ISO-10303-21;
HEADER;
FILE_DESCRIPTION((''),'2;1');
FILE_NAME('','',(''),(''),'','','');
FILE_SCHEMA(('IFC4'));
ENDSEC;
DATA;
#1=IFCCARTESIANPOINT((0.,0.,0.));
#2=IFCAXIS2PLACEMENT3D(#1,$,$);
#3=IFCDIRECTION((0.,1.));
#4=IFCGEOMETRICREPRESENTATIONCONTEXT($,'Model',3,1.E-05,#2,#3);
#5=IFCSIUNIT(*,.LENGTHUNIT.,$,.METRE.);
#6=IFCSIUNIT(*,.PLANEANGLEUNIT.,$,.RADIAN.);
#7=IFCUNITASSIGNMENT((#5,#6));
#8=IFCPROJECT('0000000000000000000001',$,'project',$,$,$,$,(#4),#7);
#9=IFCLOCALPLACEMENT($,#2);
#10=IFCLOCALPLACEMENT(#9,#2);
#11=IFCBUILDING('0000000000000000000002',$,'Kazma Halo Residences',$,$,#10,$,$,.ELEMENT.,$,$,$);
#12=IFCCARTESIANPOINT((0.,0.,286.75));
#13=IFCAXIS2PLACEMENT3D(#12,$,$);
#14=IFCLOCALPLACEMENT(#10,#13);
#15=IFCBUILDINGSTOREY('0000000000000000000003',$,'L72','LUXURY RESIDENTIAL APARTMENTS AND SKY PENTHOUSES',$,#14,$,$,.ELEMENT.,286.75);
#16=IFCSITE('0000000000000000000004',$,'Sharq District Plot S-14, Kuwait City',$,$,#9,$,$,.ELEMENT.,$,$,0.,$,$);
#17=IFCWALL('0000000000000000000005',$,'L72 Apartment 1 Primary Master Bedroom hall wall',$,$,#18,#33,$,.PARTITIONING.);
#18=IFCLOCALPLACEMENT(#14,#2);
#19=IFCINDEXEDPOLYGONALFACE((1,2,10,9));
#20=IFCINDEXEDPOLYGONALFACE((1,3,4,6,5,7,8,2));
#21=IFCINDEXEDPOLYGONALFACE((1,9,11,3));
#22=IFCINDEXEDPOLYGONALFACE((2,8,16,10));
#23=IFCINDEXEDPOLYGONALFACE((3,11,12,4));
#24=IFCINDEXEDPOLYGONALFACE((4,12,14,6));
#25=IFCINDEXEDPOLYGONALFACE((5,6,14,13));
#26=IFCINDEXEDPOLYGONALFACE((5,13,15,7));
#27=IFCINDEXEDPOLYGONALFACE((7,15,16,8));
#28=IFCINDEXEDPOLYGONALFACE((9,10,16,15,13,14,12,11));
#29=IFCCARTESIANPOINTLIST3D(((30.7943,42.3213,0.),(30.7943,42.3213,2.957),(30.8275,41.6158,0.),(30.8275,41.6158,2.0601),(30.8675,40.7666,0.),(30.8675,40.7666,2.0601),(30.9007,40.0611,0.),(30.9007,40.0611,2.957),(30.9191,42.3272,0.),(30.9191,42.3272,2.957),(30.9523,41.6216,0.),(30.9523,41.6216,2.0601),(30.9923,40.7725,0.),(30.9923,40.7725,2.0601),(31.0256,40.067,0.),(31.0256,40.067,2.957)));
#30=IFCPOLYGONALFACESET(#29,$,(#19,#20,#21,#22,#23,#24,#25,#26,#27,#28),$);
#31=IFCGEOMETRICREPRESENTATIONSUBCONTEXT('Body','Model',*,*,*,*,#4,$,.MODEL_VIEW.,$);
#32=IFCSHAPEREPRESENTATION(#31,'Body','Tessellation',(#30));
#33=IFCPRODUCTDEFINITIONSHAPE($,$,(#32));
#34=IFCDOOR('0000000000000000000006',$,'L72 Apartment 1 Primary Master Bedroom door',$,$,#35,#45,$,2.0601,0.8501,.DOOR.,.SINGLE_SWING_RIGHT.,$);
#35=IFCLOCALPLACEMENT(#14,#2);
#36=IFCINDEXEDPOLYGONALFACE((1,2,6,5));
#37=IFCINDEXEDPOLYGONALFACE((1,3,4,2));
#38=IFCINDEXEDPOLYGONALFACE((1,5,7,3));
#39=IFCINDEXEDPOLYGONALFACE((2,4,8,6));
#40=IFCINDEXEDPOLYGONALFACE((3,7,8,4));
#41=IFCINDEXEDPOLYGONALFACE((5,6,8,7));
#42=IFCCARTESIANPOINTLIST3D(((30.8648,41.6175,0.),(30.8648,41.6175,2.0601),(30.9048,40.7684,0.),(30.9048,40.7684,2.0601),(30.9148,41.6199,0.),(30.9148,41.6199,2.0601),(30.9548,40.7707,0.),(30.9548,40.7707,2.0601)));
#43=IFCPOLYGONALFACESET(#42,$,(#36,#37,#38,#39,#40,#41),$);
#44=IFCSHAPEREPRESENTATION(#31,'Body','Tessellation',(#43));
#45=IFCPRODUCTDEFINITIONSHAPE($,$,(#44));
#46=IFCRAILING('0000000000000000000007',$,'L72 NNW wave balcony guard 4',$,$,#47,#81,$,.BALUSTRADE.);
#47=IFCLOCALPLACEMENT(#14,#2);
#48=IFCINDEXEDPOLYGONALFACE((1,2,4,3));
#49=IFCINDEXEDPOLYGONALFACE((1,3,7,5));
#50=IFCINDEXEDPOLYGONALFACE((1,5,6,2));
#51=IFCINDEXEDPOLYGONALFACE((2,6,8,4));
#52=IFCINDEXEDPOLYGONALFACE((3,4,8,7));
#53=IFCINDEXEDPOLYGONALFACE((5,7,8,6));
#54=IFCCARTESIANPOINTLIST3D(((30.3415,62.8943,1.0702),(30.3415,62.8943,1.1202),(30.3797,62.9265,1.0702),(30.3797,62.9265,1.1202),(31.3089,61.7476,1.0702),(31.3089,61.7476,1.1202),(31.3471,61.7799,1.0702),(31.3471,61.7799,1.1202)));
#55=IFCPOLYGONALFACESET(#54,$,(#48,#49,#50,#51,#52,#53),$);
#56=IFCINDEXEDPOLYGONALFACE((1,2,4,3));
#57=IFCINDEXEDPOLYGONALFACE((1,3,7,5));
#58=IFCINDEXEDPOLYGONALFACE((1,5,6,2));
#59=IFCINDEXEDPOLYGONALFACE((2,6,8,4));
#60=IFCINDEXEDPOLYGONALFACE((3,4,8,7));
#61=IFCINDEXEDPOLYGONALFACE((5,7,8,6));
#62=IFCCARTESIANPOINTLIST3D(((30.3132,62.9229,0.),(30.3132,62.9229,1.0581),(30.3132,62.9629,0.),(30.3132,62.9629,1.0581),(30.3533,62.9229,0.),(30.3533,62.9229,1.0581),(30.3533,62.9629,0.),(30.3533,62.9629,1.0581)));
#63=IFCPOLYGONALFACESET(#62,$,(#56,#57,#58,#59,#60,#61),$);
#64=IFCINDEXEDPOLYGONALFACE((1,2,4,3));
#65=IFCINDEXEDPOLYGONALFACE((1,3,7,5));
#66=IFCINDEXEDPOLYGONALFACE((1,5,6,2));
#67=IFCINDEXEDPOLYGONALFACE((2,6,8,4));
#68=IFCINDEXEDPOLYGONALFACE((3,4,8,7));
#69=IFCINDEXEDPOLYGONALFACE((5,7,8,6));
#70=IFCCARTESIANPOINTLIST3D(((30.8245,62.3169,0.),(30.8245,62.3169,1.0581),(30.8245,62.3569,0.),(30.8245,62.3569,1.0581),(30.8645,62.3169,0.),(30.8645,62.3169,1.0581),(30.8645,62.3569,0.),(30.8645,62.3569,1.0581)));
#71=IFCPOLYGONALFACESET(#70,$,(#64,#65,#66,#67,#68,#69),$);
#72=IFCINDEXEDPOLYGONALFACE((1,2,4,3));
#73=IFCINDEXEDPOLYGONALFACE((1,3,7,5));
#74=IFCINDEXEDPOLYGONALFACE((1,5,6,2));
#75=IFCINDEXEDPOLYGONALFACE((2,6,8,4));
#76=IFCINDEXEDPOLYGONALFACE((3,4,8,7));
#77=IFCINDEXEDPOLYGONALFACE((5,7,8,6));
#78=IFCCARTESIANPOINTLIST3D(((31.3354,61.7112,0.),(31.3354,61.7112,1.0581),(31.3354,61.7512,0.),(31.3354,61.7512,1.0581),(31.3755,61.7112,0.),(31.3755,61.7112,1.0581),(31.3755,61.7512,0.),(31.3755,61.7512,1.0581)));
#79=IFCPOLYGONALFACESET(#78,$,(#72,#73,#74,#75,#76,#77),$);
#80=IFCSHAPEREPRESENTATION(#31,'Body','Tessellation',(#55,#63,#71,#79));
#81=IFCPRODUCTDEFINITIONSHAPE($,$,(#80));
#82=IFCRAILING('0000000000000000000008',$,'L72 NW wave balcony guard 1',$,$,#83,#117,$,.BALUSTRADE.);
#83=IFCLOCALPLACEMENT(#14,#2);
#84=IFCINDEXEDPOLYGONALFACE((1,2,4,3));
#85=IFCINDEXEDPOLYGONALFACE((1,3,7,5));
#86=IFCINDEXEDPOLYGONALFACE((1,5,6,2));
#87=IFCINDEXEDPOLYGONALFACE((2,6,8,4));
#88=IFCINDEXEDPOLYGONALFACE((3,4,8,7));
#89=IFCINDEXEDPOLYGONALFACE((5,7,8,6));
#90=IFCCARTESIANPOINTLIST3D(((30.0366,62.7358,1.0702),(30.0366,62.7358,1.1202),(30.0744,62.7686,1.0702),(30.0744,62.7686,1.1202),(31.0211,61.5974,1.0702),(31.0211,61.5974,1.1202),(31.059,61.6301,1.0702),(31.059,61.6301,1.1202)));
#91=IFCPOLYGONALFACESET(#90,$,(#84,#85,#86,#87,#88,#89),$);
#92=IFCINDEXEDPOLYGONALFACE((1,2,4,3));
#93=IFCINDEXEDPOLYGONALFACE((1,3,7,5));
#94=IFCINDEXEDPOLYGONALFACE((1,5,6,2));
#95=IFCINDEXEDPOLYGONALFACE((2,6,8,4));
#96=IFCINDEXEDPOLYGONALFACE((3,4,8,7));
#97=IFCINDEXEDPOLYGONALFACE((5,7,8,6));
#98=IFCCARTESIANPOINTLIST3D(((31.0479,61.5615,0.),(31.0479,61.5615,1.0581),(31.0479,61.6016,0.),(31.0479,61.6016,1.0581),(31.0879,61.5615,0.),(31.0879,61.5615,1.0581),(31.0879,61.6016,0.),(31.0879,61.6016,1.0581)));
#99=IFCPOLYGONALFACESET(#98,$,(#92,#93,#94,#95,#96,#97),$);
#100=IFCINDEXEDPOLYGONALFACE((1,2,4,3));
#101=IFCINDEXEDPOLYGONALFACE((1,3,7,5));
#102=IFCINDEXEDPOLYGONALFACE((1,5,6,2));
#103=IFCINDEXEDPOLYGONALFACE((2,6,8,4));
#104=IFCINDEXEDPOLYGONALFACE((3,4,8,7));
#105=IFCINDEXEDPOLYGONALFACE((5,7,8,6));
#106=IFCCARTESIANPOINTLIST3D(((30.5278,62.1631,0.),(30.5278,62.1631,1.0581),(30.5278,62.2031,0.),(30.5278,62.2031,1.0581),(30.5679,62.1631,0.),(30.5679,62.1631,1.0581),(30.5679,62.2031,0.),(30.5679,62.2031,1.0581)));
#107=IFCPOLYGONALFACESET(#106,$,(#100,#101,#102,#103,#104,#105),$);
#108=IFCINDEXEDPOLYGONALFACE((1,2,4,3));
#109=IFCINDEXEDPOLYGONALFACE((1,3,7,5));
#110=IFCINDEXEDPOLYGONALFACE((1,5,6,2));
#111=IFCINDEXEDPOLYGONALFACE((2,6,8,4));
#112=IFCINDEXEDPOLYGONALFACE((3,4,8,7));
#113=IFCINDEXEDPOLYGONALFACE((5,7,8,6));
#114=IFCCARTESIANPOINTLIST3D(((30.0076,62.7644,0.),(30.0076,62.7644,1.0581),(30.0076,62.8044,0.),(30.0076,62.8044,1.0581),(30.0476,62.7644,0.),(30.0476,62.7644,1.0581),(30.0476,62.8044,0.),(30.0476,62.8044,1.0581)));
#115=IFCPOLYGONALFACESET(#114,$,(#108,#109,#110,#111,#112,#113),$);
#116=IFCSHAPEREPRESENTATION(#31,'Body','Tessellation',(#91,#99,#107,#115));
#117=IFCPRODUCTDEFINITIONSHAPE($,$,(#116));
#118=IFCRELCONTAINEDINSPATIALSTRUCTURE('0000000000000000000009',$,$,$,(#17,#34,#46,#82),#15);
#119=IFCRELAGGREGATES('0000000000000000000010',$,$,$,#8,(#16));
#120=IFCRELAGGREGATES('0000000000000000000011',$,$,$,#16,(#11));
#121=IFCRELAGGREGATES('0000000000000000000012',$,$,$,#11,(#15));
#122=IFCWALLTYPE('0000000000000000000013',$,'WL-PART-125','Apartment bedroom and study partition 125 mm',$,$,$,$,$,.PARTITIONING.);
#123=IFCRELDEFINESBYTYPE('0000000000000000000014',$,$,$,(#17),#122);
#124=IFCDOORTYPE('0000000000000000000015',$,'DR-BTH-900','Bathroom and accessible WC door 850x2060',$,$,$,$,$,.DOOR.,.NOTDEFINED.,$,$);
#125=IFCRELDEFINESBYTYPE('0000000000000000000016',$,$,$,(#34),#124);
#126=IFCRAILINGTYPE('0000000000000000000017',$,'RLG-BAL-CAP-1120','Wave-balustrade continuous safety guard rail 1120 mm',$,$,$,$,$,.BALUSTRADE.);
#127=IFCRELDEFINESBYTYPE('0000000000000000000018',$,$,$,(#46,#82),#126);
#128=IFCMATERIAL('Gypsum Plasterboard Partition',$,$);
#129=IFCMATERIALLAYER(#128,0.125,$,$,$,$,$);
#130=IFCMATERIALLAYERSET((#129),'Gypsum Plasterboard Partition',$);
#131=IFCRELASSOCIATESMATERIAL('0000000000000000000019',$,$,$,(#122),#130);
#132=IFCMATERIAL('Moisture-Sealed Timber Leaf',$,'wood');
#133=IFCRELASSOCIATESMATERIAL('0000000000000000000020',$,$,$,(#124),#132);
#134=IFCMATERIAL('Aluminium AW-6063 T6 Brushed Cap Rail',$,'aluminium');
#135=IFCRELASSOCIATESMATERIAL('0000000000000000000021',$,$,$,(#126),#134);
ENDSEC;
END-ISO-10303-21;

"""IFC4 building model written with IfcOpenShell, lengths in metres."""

from ifc_helpers import new_model, si_unit, direction, frame, frame_2d, origin, origin_2d, place, context, subcontext, project, spatial, rectangle, extrude, material, layer, layer_set, type_object, element, fill, save


model = new_model("IFC4")

# Units and contexts
model_context = context("Model", 3, precision=1e-05, world=origin(), true_north=direction((0.0, 1.0)))
body_context = subcontext(model_context, "Body", "Model", "MODEL_VIEW")
ifc_project = project(units=[si_unit("LENGTHUNIT", "METRE"), si_unit("PLANEANGLEUNIT", "RADIAN")], contexts=[model_context])

# Site, building, storey
site_placement = place(None, origin())
site = spatial("IfcSite", under=ifc_project, at=site_placement, Name="Sharq District Plot S-14, Kuwait City", CompositionType="ELEMENT", RefElevation=0.0)
building_placement = place(site_placement, origin())
building = spatial("IfcBuilding", under=site, at=building_placement, Name="Kazma Halo Residences", CompositionType="ELEMENT")
storey_placement = place(building_placement, frame((0.0, 0.0, 286.75)))
storey = spatial("IfcBuildingStorey", under=building, at=storey_placement, Name="L72", Description="LUXURY RESIDENTIAL APARTMENTS AND SKY PENTHOUSES", CompositionType="ELEMENT", Elevation=286.75)

# Shared definitions
ifc_material_1 = material(Name="Gypsum Plasterboard Partition")
ifc_layer_1 = layer(ifc_material_1, 0.125)
ifc_layer_set_1 = layer_set([ifc_layer_1], Name="Gypsum Plasterboard Partition")
wall_type_1 = type_object("IfcWallType", Name="WL-PART-125", Description="Apartment bedroom and study partition 125 mm", PredefinedType="PARTITIONING", material=ifc_layer_set_1)

# Shared definitions
ifc_material_2 = material(Name="Moisture-Sealed Timber Leaf", Category="wood")
door_type_1 = type_object("IfcDoorType", Name="DR-BTH-900", Description="Bathroom and accessible WC door 850x2060", OperationType="NOTDEFINED", PredefinedType="DOOR", material=ifc_material_2)

# Wall, opening, door
wall_1_placement = place(storey_placement, frame((30.8567, 42.3242, 0.0), z_axis=(0.0, 0.0, 1.0), x_axis=(0.047042, -0.998893, 0.0)))
wall_1 = element("IfcWall", 1, at=wall_1_placement, inside=storey, type_object=wall_type_1, Name="L72 Apartment 1 Primary Master Bedroom hall wall", PredefinedType="PARTITIONING", context=body_context, shape_type="SweptSolid", body=[
    extrude(rectangle(XDim=2.2627, YDim=0.125, at=frame_2d((1.1313, 0.0))), origin(), (0.0, 0.0, 1.0), 2.957),
])
opening_1_placement = place(wall_1_placement, frame((0.7063, 0.0, 0.0)))
opening_1 = element("IfcOpeningElement", 2, at=opening_1_placement, cuts=wall_1, PredefinedType="OPENING", context=body_context, shape_type="SweptSolid", body=[
    extrude(rectangle(XDim=0.8501, YDim=2.0601, at=frame_2d((0.425, 1.03))), frame((0.0, 0.0725, 0.0), z_axis=(0.0, -1.0, 0.0), x_axis=(1.0, 0.0, 0.0)), (0.0, 0.0, 1.0), 0.145),
])
door_1_placement = place(opening_1_placement, origin())
door_1 = element("IfcDoor", 3, at=door_1_placement, inside=storey, type_object=door_type_1, Name="L72 Apartment 1 Primary Master Bedroom door", OperationType="SINGLE_SWING_RIGHT", OverallHeight=2.0601, OverallWidth=0.8501, PredefinedType="DOOR", context=body_context, shape_type="SweptSolid", body=[
    extrude(rectangle(XDim=0.8501, YDim=2.0601, at=frame_2d((0.425, 1.03))), frame((0.0, 0.0249, 0.0), z_axis=(0.0, -1.0, 0.0), x_axis=(1.0, 0.0, 0.0)), (0.0, 0.0, 1.0), 0.05),
])
fill(opening_1, door_1)

# Railings
ifc_material_3 = material(Name="Aluminium AW-6063 T6 Brushed Cap Rail", Category="aluminium")
railing_type = type_object("IfcRailingType", Name="RLG-BAL-CAP-1120", Description="Wave-balustrade continuous safety guard rail 1120 mm", PredefinedType="BALUSTRADE", material=ifc_material_3)
railing_1_placement = place(storey_placement, frame((30.3333, 62.9429, 0.0)))
element("IfcRailing", 4, at=railing_1_placement, inside=storey, type_object=railing_type, Name="L72 NNW wave balcony guard 4", PredefinedType="BALUSTRADE", context=body_context, shape_type="SweptSolid", body=[
    extrude(rectangle(XDim=0.05, YDim=0.05, at=origin_2d()), frame((0.0273, -0.0325, 1.0952), z_axis=(0.644823, -0.764332, 0.0), x_axis=(0.764332, 0.644823, 0.0)), (0.0, 0.0, 1.0), 1.5002),
    extrude(rectangle(XDim=0.04, YDim=0.04, at=origin_2d()), origin(), (0.0, 0.0, 1.0), 1.0581),
    extrude(rectangle(XDim=0.04, YDim=0.04, at=origin_2d()), frame((0.5112, -0.606, 0.0)), (0.0, 0.0, 1.0), 1.0581),
    extrude(rectangle(XDim=0.04, YDim=0.04, at=origin_2d()), frame((1.0222, -1.2117, 0.0)), (0.0, 0.0, 1.0), 1.0581),
])
railing_2_placement = place(storey_placement, frame((31.0679, 61.5815, 0.0)))
element("IfcRailing", 5, at=railing_2_placement, inside=storey, type_object=railing_type, Name="L72 NW wave balcony guard 1", PredefinedType="BALUSTRADE", context=body_context, shape_type="SweptSolid", body=[
    extrude(rectangle(XDim=0.05, YDim=0.05, at=origin_2d()), frame((-0.0278, 0.0322, 1.0952), z_axis=(-0.654135, 0.756378, 0.0), x_axis=(-0.756378, -0.654135, 0.0)), (0.0, 0.0, 1.0), 1.5051),
    extrude(rectangle(XDim=0.04, YDim=0.04, at=origin_2d()), origin(), (0.0, 0.0, 1.0), 1.0581),
    extrude(rectangle(XDim=0.04, YDim=0.04, at=origin_2d()), frame((-0.52, 0.6016, 0.0)), (0.0, 0.0, 1.0), 1.0581),
    extrude(rectangle(XDim=0.04, YDim=0.04, at=origin_2d()), frame((-1.0403, 1.2029, 0.0)), (0.0, 0.0, 1.0), 1.0581),
])

save(model, "model.ifc")
